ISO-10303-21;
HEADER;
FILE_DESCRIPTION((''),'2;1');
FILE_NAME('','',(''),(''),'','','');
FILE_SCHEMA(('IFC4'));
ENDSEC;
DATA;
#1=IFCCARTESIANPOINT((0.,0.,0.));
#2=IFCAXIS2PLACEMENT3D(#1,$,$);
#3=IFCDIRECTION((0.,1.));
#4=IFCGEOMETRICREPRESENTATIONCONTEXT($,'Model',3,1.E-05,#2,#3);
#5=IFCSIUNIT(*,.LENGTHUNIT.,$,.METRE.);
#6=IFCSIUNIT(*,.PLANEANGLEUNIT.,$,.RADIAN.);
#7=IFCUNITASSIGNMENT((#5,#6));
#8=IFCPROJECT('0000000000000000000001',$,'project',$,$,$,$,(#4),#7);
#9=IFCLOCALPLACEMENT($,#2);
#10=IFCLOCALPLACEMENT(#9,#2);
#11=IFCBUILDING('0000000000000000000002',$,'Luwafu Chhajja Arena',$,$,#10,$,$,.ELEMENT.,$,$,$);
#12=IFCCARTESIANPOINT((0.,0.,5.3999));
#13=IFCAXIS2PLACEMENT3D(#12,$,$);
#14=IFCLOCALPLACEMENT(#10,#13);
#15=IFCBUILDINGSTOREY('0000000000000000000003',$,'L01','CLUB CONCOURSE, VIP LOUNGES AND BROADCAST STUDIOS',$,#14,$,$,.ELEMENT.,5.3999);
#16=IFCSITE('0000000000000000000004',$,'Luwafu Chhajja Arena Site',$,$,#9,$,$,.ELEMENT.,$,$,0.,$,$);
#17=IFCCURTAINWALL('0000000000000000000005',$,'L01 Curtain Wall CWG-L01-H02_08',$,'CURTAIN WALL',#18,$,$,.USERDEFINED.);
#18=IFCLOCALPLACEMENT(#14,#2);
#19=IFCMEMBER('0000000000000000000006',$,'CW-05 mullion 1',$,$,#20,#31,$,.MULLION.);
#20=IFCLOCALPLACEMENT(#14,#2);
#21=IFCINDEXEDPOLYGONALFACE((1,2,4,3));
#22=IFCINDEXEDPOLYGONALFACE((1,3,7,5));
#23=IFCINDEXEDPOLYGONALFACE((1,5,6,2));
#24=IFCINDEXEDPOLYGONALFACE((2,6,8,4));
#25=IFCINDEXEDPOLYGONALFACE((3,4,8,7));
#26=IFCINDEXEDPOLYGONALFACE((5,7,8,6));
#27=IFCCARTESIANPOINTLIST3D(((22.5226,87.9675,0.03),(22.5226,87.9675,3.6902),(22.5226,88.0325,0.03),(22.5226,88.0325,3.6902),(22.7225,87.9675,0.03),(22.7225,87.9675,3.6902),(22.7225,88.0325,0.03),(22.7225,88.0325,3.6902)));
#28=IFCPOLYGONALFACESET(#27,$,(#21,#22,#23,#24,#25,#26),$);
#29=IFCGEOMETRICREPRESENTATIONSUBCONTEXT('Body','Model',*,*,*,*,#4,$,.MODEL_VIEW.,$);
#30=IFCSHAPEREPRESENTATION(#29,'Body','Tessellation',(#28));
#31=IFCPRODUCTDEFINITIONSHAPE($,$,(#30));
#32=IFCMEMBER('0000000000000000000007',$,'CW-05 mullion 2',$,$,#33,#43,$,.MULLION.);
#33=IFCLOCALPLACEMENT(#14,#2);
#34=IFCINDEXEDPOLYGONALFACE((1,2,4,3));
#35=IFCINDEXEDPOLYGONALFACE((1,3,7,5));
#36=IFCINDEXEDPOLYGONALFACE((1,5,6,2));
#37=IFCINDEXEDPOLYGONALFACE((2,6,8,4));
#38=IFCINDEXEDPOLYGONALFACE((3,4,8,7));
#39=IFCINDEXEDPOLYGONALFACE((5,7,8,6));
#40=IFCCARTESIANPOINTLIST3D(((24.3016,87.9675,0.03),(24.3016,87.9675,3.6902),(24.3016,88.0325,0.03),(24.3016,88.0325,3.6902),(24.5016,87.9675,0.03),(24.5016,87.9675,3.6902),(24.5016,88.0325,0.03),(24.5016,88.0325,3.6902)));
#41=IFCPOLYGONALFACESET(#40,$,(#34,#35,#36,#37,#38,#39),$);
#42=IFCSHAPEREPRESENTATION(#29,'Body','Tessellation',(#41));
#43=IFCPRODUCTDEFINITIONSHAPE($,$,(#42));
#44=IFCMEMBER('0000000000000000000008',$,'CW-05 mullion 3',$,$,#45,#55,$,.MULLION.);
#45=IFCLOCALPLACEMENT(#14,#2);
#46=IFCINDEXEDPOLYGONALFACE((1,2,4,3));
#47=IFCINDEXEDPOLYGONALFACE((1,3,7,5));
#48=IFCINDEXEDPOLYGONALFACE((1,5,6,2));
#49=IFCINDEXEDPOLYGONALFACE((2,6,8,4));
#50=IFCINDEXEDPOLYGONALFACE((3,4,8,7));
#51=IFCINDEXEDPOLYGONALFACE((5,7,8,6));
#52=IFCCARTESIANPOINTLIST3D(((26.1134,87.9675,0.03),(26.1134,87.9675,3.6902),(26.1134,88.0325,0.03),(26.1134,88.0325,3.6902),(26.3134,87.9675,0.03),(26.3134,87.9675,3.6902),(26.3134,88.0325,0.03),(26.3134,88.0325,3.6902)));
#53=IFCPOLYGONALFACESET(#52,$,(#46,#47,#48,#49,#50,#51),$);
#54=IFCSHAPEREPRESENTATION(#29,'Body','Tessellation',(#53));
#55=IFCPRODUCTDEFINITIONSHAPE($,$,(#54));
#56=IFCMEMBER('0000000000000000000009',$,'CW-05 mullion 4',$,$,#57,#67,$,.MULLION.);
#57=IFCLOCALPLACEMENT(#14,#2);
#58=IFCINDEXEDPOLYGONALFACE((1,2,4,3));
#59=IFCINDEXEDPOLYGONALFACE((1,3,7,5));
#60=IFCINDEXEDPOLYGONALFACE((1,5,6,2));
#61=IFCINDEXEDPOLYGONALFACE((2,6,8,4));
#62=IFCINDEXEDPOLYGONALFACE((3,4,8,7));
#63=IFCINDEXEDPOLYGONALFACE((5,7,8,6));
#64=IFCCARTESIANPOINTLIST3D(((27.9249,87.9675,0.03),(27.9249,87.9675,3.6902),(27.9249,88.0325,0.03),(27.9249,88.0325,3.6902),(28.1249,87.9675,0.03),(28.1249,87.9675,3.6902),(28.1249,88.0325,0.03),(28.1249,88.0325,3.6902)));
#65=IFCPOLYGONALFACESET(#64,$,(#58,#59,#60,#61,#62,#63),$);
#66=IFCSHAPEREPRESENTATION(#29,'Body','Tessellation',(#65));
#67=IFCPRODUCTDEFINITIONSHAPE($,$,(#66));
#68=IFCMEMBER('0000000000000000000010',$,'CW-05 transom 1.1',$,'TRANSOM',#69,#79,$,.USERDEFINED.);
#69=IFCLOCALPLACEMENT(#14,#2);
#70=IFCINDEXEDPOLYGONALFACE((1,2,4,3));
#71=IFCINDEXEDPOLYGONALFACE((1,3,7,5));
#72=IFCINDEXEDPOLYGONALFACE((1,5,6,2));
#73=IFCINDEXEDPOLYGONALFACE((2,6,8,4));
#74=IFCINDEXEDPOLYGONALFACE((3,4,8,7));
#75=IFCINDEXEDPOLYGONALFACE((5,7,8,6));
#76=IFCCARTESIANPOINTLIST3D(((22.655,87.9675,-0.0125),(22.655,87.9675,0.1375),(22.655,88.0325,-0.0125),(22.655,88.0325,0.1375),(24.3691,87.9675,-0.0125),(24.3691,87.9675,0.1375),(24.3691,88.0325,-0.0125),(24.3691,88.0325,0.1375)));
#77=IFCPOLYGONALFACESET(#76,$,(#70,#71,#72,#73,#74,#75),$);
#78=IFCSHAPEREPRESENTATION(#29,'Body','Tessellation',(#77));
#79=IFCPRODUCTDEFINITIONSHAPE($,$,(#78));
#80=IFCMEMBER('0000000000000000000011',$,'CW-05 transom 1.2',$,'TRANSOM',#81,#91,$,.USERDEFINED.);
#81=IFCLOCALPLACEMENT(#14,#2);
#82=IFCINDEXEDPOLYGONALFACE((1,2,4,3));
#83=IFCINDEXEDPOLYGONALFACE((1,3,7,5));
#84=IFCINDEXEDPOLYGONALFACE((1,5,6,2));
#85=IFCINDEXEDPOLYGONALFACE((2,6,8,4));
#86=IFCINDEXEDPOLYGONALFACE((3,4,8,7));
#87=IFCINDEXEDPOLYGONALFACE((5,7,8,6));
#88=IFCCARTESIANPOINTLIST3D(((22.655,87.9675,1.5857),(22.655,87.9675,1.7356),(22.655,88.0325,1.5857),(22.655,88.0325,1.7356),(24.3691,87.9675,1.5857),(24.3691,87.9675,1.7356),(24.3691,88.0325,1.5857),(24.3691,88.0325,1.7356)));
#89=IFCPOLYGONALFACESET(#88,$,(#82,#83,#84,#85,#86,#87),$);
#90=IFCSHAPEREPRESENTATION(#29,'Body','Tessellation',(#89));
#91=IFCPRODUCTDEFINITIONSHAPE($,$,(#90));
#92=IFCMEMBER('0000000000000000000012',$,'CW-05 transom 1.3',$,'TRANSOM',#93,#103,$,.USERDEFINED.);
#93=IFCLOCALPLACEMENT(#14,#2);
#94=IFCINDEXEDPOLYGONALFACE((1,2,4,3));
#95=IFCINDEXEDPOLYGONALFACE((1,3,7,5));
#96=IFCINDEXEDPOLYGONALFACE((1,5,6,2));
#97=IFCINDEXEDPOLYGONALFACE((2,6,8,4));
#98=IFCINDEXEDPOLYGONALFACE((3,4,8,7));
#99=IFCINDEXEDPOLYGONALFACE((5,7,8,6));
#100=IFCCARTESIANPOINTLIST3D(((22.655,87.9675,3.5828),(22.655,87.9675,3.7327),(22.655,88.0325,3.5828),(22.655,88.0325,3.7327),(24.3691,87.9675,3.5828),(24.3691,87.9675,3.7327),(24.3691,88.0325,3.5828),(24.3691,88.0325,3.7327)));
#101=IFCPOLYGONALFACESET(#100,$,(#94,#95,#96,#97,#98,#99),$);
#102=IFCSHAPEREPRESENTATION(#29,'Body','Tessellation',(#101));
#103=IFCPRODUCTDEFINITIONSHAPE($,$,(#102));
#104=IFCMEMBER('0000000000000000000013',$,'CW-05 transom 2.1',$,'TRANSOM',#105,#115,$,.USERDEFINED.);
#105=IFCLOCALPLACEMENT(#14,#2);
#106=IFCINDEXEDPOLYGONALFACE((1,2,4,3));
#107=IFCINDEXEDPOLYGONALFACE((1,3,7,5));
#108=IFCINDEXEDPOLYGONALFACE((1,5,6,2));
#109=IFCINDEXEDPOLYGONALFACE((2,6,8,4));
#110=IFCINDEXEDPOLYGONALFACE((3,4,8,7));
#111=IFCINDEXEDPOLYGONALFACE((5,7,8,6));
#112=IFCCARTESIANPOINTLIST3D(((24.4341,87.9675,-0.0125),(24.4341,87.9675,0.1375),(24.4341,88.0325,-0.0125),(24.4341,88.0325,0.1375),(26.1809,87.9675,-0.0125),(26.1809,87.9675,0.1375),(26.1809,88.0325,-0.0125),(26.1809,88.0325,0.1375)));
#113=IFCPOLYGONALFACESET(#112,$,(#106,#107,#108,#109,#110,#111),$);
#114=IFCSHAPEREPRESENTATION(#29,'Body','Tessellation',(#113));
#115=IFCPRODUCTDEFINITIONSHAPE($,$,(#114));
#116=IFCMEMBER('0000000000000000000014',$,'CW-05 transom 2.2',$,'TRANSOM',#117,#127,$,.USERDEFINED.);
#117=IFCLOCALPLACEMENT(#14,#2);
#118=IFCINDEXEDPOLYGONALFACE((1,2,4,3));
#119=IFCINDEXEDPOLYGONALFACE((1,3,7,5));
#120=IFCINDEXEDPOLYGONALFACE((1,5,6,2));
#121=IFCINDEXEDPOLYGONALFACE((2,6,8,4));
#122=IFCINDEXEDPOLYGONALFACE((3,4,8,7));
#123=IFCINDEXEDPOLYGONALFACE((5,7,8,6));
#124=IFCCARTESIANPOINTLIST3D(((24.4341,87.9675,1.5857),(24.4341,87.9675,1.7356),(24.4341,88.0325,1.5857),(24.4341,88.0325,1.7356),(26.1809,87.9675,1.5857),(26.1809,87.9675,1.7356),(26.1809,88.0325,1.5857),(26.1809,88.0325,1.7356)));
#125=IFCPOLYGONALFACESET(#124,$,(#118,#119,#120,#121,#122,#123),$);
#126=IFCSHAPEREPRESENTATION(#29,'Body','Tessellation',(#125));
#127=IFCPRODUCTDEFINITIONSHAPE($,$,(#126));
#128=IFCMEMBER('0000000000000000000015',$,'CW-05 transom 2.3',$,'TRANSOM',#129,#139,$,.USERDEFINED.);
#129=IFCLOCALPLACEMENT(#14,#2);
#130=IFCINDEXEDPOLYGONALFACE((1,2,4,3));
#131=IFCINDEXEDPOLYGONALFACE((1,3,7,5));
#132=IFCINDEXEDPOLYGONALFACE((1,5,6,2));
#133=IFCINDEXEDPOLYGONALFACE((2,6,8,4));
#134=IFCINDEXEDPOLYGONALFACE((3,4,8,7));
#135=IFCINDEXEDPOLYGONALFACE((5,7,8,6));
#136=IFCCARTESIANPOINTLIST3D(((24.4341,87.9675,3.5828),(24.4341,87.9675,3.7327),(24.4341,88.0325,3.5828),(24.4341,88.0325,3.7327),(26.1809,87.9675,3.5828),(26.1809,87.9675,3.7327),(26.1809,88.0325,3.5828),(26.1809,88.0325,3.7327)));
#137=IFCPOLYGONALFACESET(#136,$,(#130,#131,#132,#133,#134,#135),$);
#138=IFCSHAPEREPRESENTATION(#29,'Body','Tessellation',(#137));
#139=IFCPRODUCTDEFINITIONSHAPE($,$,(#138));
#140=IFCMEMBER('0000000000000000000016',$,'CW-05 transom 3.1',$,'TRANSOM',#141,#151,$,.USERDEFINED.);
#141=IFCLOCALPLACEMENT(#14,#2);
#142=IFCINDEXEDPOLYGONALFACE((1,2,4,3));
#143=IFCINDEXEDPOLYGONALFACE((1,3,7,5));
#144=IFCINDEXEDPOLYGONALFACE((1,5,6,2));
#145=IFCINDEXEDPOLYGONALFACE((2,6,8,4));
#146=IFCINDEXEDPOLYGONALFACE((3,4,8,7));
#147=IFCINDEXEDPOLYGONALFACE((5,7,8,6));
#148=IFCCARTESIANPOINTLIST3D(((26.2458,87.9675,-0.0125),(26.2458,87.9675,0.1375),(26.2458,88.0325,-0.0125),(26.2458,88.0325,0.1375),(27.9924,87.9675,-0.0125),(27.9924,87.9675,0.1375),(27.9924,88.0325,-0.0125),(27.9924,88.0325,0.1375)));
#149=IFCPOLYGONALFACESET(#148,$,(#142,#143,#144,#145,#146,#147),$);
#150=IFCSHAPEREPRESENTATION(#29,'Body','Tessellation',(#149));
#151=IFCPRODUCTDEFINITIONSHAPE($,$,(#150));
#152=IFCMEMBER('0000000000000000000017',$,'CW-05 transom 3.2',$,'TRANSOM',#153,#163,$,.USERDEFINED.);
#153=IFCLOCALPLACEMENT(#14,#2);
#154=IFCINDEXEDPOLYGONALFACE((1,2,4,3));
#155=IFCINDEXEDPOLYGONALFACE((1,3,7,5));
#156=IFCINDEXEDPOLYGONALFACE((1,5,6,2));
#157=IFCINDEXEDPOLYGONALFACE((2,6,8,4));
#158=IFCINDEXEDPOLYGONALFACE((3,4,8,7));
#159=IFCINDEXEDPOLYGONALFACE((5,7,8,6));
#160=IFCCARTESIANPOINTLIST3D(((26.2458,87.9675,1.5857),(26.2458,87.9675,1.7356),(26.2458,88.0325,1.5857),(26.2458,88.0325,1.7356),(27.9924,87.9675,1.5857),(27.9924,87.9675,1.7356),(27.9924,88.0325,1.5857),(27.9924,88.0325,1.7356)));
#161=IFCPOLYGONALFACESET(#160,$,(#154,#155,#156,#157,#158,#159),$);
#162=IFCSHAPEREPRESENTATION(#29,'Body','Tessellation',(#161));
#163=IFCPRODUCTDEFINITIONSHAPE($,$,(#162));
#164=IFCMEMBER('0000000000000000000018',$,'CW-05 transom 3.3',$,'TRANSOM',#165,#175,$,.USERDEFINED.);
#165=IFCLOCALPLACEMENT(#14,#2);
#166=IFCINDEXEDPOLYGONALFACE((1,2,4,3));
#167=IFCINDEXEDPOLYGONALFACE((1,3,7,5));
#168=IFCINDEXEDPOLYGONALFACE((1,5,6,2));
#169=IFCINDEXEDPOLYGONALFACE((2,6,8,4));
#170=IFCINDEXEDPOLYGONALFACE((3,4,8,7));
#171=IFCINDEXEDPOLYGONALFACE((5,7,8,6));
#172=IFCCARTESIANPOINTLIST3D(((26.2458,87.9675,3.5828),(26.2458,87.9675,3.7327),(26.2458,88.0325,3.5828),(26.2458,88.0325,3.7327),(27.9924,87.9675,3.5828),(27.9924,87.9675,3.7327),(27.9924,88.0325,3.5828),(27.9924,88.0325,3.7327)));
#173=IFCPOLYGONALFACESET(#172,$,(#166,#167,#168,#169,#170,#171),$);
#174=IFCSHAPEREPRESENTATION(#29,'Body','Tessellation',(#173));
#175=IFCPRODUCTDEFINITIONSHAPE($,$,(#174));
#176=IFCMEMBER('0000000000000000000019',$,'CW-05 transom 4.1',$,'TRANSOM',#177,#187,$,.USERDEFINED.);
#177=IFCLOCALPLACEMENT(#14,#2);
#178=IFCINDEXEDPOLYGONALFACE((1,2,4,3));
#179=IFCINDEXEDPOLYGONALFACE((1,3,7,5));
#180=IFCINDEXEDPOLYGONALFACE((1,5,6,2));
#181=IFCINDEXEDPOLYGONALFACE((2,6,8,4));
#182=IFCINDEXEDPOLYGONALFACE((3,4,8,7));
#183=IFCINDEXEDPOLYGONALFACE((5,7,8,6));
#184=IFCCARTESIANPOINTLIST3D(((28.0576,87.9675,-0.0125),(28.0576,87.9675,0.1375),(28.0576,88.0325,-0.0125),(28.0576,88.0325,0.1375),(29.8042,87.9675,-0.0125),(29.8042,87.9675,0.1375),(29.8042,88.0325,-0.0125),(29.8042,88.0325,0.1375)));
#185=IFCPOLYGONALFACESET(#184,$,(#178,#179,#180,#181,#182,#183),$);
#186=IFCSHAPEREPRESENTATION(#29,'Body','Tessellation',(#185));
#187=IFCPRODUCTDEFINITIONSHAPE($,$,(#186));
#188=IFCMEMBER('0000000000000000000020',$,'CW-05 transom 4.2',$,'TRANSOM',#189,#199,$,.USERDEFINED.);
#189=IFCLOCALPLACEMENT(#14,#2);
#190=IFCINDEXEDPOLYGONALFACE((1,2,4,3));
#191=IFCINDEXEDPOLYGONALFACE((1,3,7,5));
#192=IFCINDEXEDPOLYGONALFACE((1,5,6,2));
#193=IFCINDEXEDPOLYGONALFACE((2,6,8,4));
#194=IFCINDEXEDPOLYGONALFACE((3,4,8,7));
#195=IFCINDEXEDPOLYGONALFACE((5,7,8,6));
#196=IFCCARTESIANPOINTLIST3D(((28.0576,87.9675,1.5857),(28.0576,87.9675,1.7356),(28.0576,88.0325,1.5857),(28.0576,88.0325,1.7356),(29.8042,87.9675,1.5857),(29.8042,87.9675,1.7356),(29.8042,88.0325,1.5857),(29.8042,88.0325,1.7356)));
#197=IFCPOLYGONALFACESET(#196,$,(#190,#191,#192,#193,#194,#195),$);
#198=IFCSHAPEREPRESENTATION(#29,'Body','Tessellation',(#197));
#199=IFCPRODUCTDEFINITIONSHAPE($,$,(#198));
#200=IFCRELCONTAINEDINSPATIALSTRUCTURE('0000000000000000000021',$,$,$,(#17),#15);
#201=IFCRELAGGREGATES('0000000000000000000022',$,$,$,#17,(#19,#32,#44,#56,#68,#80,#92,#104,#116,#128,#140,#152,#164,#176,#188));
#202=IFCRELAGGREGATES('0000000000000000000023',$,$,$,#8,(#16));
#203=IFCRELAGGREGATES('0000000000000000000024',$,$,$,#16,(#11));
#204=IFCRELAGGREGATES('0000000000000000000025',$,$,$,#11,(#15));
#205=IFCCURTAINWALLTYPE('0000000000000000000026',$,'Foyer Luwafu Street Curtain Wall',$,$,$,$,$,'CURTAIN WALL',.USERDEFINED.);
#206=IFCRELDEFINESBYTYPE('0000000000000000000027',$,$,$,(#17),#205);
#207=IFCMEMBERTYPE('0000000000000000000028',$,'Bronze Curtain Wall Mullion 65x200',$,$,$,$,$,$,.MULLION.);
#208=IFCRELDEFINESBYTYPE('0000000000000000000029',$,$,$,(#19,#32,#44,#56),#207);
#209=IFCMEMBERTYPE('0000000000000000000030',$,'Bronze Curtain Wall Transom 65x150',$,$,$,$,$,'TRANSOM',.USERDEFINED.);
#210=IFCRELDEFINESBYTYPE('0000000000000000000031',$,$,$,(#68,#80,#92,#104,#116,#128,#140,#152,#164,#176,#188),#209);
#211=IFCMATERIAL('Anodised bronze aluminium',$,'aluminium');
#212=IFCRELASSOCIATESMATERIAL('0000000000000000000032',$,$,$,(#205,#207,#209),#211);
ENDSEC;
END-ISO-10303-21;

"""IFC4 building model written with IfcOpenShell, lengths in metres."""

from ifc_helpers import new_model, si_unit, direction, frame, origin, origin_2d, place, context, subcontext, project, spatial, rectangle, extrude, material, material_profile, profile_set, type_object, element, aggregate, save


model = new_model("IFC4")

# Units and contexts
model_context = context("Model", 3, precision=1e-05, world=origin(), true_north=direction((0.0, 1.0)))
body_context = subcontext(model_context, "Body", "Model", "MODEL_VIEW")
ifc_project = project(units=[si_unit("LENGTHUNIT", "METRE"), si_unit("PLANEANGLEUNIT", "RADIAN")], contexts=[model_context])

# Site, building, storey
site_placement = place(None, origin())
site = spatial("IfcSite", under=ifc_project, at=site_placement, Name="Luwafu Chhajja Arena Site", CompositionType="ELEMENT", RefElevation=0.0)
building_placement = place(site_placement, origin())
building = spatial("IfcBuilding", under=site, at=building_placement, Name="Luwafu Chhajja Arena", CompositionType="ELEMENT")
storey_placement = place(building_placement, frame((0.0, 0.0, 5.3999)))
storey = spatial("IfcBuildingStorey", under=building, at=storey_placement, Name="L01", Description="CLUB CONCOURSE, VIP LOUNGES AND BROADCAST STUDIOS", CompositionType="ELEMENT", Elevation=5.3999)

# Curtain wall, members
ifc_material_1 = material(Name="Anodised bronze aluminium", Category="aluminium")
curtain_wall_type = type_object("IfcCurtainWallType", Name="Foyer Luwafu Street Curtain Wall", ElementType="CURTAIN WALL", PredefinedType="USERDEFINED", material=ifc_material_1)
curtain_wall_placement = place(storey_placement, origin())
curtain_wall = element("IfcCurtainWall", 1, at=curtain_wall_placement, inside=storey, type_object=curtain_wall_type, Name="L01 Curtain Wall CWG-L01-H02_08", ObjectType="CURTAIN WALL", PredefinedType="USERDEFINED")
ifc_material_profile_1 = material_profile(ifc_material_1, rectangle(XDim=0.0649, YDim=0.2, at=origin_2d()), Name="CWM 65x200")
ifc_profile_set_1 = profile_set([ifc_material_profile_1], Name="Anodised bronze aluminium")
member_type_1 = type_object("IfcMemberType", Name="Bronze Curtain Wall Mullion 65x200", PredefinedType="MULLION", material=ifc_profile_set_1)
member_1_placement = place(storey_placement, frame((22.6226, 88.0, 0.03), z_axis=(0.0, 0.0, 1.0), x_axis=(0.0, 1.0, 0.0)))
member_1 = element("IfcMember", 2, at=member_1_placement, type_object=member_type_1, Name="CW-05 mullion 1", PredefinedType="MULLION", context=body_context, shape_type="SweptSolid", body=[
    extrude(rectangle(XDim=0.0649, YDim=0.2, at=origin_2d()), origin(), (0.0, 0.0, 1.0), 3.6602),
])
member_2_placement = place(storey_placement, frame((24.4016, 88.0, 0.03), z_axis=(0.0, 0.0, 1.0), x_axis=(0.0, 1.0, 0.0)))
member_2 = element("IfcMember", 3, at=member_2_placement, type_object=member_type_1, Name="CW-05 mullion 2", PredefinedType="MULLION", context=body_context, shape_type="SweptSolid", body=[
    extrude(rectangle(XDim=0.0649, YDim=0.2, at=origin_2d()), origin(), (0.0, 0.0, 1.0), 3.6602),
])
member_3_placement = place(storey_placement, frame((26.2134, 88.0, 0.03), z_axis=(0.0, 0.0, 1.0), x_axis=(0.0, 1.0, 0.0)))
member_3 = element("IfcMember", 4, at=member_3_placement, type_object=member_type_1, Name="CW-05 mullion 3", PredefinedType="MULLION", context=body_context, shape_type="SweptSolid", body=[
    extrude(rectangle(XDim=0.0649, YDim=0.2, at=origin_2d()), origin(), (0.0, 0.0, 1.0), 3.6602),
])
member_4_placement = place(storey_placement, frame((28.0249, 88.0, 0.03), z_axis=(0.0, 0.0, 1.0), x_axis=(0.0, 1.0, 0.0)))
member_4 = element("IfcMember", 5, at=member_4_placement, type_object=member_type_1, Name="CW-05 mullion 4", PredefinedType="MULLION", context=body_context, shape_type="SweptSolid", body=[
    extrude(rectangle(XDim=0.0649, YDim=0.2, at=origin_2d()), origin(), (0.0, 0.0, 1.0), 3.6602),
])
ifc_material_profile_2 = material_profile(ifc_material_1, rectangle(XDim=0.0649, YDim=0.1499, at=origin_2d()), Name="CWT 65x150")
ifc_profile_set_2 = profile_set([ifc_material_profile_2], Name="Anodised bronze aluminium")
member_type_2 = type_object("IfcMemberType", Name="Bronze Curtain Wall Transom 65x150", ElementType="TRANSOM", PredefinedType="USERDEFINED", material=ifc_profile_set_2)
member_5_placement = place(storey_placement, frame((22.655, 88.0, 0.0625), z_axis=(1.0, 0.0, 0.0), x_axis=(0.0, 1.0, 0.0)))
member_5 = element("IfcMember", 6, at=member_5_placement, type_object=member_type_2, Name="CW-05 transom 1.1", ObjectType="TRANSOM", PredefinedType="USERDEFINED", context=body_context, shape_type="SweptSolid", body=[
    extrude(rectangle(XDim=0.0649, YDim=0.1499, at=origin_2d()), origin(), (0.0, 0.0, 1.0), 1.7141),
])
member_6_placement = place(storey_placement, frame((22.655, 88.0, 1.6606), z_axis=(1.0, 0.0, 0.0), x_axis=(0.0, 1.0, 0.0)))
member_6 = element("IfcMember", 7, at=member_6_placement, type_object=member_type_2, Name="CW-05 transom 1.2", ObjectType="TRANSOM", PredefinedType="USERDEFINED", context=body_context, shape_type="SweptSolid", body=[
    extrude(rectangle(XDim=0.0649, YDim=0.1499, at=origin_2d()), origin(), (0.0, 0.0, 1.0), 1.7141),
])
member_7_placement = place(storey_placement, frame((22.655, 88.0, 3.6577), z_axis=(1.0, 0.0, 0.0), x_axis=(0.0, 1.0, 0.0)))
member_7 = element("IfcMember", 8, at=member_7_placement, type_object=member_type_2, Name="CW-05 transom 1.3", ObjectType="TRANSOM", PredefinedType="USERDEFINED", context=body_context, shape_type="SweptSolid", body=[
    extrude(rectangle(XDim=0.0649, YDim=0.1499, at=origin_2d()), origin(), (0.0, 0.0, 1.0), 1.7141),
])
member_8_placement = place(storey_placement, frame((24.4341, 88.0, 0.0625), z_axis=(1.0, 0.0, 0.0), x_axis=(0.0, 1.0, 0.0)))
member_8 = element("IfcMember", 9, at=member_8_placement, type_object=member_type_2, Name="CW-05 transom 2.1", ObjectType="TRANSOM", PredefinedType="USERDEFINED", context=body_context, shape_type="SweptSolid", body=[
    extrude(rectangle(XDim=0.0649, YDim=0.1499, at=origin_2d()), origin(), (0.0, 0.0, 1.0), 1.7468),
])
member_9_placement = place(storey_placement, frame((24.4341, 88.0, 1.6606), z_axis=(1.0, 0.0, 0.0), x_axis=(0.0, 1.0, 0.0)))
member_9 = element("IfcMember", 10, at=member_9_placement, type_object=member_type_2, Name="CW-05 transom 2.2", ObjectType="TRANSOM", PredefinedType="USERDEFINED", context=body_context, shape_type="SweptSolid", body=[
    extrude(rectangle(XDim=0.0649, YDim=0.1499, at=origin_2d()), origin(), (0.0, 0.0, 1.0), 1.7468),
])
member_10_placement = place(storey_placement, frame((24.4341, 88.0, 3.6577), z_axis=(1.0, 0.0, 0.0), x_axis=(0.0, 1.0, 0.0)))
member_10 = element("IfcMember", 11, at=member_10_placement, type_object=member_type_2, Name="CW-05 transom 2.3", ObjectType="TRANSOM", PredefinedType="USERDEFINED", context=body_context, shape_type="SweptSolid", body=[
    extrude(rectangle(XDim=0.0649, YDim=0.1499, at=origin_2d()), origin(), (0.0, 0.0, 1.0), 1.7468),
])
member_11_placement = place(storey_placement, frame((26.2458, 88.0, 0.0625), z_axis=(1.0, 0.0, 0.0), x_axis=(0.0, 1.0, 0.0)))
member_11 = element("IfcMember", 12, at=member_11_placement, type_object=member_type_2, Name="CW-05 transom 3.1", ObjectType="TRANSOM", PredefinedType="USERDEFINED", context=body_context, shape_type="SweptSolid", body=[
    extrude(rectangle(XDim=0.0649, YDim=0.1499, at=origin_2d()), origin(), (0.0, 0.0, 1.0), 1.7466),
])
member_12_placement = place(storey_placement, frame((26.2458, 88.0, 1.6606), z_axis=(1.0, 0.0, 0.0), x_axis=(0.0, 1.0, 0.0)))
member_12 = element("IfcMember", 13, at=member_12_placement, type_object=member_type_2, Name="CW-05 transom 3.2", ObjectType="TRANSOM", PredefinedType="USERDEFINED", context=body_context, shape_type="SweptSolid", body=[
    extrude(rectangle(XDim=0.0649, YDim=0.1499, at=origin_2d()), origin(), (0.0, 0.0, 1.0), 1.7466),
])
member_13_placement = place(storey_placement, frame((26.2458, 88.0, 3.6577), z_axis=(1.0, 0.0, 0.0), x_axis=(0.0, 1.0, 0.0)))
member_13 = element("IfcMember", 14, at=member_13_placement, type_object=member_type_2, Name="CW-05 transom 3.3", ObjectType="TRANSOM", PredefinedType="USERDEFINED", context=body_context, shape_type="SweptSolid", body=[
    extrude(rectangle(XDim=0.0649, YDim=0.1499, at=origin_2d()), origin(), (0.0, 0.0, 1.0), 1.7466),
])
member_14_placement = place(storey_placement, frame((28.0576, 88.0, 0.0625), z_axis=(1.0, 0.0, 0.0), x_axis=(0.0, 1.0, 0.0)))
member_14 = element("IfcMember", 15, at=member_14_placement, type_object=member_type_2, Name="CW-05 transom 4.1", ObjectType="TRANSOM", PredefinedType="USERDEFINED", context=body_context, shape_type="SweptSolid", body=[
    extrude(rectangle(XDim=0.0649, YDim=0.1499, at=origin_2d()), origin(), (0.0, 0.0, 1.0), 1.7466),
])
member_15_placement = place(storey_placement, frame((28.0576, 88.0, 1.6606), z_axis=(1.0, 0.0, 0.0), x_axis=(0.0, 1.0, 0.0)))
member_15 = element("IfcMember", 16, at=member_15_placement, type_object=member_type_2, Name="CW-05 transom 4.2", ObjectType="TRANSOM", PredefinedType="USERDEFINED", context=body_context, shape_type="SweptSolid", body=[
    extrude(rectangle(XDim=0.0649, YDim=0.1499, at=origin_2d()), origin(), (0.0, 0.0, 1.0), 1.7466),
])

aggregate(curtain_wall, [member_1, member_2, member_3, member_4, member_5, member_6, member_7, member_8, member_9, member_10, member_11, member_12, member_13, member_14, member_15])

save(model, "model.ifc")
